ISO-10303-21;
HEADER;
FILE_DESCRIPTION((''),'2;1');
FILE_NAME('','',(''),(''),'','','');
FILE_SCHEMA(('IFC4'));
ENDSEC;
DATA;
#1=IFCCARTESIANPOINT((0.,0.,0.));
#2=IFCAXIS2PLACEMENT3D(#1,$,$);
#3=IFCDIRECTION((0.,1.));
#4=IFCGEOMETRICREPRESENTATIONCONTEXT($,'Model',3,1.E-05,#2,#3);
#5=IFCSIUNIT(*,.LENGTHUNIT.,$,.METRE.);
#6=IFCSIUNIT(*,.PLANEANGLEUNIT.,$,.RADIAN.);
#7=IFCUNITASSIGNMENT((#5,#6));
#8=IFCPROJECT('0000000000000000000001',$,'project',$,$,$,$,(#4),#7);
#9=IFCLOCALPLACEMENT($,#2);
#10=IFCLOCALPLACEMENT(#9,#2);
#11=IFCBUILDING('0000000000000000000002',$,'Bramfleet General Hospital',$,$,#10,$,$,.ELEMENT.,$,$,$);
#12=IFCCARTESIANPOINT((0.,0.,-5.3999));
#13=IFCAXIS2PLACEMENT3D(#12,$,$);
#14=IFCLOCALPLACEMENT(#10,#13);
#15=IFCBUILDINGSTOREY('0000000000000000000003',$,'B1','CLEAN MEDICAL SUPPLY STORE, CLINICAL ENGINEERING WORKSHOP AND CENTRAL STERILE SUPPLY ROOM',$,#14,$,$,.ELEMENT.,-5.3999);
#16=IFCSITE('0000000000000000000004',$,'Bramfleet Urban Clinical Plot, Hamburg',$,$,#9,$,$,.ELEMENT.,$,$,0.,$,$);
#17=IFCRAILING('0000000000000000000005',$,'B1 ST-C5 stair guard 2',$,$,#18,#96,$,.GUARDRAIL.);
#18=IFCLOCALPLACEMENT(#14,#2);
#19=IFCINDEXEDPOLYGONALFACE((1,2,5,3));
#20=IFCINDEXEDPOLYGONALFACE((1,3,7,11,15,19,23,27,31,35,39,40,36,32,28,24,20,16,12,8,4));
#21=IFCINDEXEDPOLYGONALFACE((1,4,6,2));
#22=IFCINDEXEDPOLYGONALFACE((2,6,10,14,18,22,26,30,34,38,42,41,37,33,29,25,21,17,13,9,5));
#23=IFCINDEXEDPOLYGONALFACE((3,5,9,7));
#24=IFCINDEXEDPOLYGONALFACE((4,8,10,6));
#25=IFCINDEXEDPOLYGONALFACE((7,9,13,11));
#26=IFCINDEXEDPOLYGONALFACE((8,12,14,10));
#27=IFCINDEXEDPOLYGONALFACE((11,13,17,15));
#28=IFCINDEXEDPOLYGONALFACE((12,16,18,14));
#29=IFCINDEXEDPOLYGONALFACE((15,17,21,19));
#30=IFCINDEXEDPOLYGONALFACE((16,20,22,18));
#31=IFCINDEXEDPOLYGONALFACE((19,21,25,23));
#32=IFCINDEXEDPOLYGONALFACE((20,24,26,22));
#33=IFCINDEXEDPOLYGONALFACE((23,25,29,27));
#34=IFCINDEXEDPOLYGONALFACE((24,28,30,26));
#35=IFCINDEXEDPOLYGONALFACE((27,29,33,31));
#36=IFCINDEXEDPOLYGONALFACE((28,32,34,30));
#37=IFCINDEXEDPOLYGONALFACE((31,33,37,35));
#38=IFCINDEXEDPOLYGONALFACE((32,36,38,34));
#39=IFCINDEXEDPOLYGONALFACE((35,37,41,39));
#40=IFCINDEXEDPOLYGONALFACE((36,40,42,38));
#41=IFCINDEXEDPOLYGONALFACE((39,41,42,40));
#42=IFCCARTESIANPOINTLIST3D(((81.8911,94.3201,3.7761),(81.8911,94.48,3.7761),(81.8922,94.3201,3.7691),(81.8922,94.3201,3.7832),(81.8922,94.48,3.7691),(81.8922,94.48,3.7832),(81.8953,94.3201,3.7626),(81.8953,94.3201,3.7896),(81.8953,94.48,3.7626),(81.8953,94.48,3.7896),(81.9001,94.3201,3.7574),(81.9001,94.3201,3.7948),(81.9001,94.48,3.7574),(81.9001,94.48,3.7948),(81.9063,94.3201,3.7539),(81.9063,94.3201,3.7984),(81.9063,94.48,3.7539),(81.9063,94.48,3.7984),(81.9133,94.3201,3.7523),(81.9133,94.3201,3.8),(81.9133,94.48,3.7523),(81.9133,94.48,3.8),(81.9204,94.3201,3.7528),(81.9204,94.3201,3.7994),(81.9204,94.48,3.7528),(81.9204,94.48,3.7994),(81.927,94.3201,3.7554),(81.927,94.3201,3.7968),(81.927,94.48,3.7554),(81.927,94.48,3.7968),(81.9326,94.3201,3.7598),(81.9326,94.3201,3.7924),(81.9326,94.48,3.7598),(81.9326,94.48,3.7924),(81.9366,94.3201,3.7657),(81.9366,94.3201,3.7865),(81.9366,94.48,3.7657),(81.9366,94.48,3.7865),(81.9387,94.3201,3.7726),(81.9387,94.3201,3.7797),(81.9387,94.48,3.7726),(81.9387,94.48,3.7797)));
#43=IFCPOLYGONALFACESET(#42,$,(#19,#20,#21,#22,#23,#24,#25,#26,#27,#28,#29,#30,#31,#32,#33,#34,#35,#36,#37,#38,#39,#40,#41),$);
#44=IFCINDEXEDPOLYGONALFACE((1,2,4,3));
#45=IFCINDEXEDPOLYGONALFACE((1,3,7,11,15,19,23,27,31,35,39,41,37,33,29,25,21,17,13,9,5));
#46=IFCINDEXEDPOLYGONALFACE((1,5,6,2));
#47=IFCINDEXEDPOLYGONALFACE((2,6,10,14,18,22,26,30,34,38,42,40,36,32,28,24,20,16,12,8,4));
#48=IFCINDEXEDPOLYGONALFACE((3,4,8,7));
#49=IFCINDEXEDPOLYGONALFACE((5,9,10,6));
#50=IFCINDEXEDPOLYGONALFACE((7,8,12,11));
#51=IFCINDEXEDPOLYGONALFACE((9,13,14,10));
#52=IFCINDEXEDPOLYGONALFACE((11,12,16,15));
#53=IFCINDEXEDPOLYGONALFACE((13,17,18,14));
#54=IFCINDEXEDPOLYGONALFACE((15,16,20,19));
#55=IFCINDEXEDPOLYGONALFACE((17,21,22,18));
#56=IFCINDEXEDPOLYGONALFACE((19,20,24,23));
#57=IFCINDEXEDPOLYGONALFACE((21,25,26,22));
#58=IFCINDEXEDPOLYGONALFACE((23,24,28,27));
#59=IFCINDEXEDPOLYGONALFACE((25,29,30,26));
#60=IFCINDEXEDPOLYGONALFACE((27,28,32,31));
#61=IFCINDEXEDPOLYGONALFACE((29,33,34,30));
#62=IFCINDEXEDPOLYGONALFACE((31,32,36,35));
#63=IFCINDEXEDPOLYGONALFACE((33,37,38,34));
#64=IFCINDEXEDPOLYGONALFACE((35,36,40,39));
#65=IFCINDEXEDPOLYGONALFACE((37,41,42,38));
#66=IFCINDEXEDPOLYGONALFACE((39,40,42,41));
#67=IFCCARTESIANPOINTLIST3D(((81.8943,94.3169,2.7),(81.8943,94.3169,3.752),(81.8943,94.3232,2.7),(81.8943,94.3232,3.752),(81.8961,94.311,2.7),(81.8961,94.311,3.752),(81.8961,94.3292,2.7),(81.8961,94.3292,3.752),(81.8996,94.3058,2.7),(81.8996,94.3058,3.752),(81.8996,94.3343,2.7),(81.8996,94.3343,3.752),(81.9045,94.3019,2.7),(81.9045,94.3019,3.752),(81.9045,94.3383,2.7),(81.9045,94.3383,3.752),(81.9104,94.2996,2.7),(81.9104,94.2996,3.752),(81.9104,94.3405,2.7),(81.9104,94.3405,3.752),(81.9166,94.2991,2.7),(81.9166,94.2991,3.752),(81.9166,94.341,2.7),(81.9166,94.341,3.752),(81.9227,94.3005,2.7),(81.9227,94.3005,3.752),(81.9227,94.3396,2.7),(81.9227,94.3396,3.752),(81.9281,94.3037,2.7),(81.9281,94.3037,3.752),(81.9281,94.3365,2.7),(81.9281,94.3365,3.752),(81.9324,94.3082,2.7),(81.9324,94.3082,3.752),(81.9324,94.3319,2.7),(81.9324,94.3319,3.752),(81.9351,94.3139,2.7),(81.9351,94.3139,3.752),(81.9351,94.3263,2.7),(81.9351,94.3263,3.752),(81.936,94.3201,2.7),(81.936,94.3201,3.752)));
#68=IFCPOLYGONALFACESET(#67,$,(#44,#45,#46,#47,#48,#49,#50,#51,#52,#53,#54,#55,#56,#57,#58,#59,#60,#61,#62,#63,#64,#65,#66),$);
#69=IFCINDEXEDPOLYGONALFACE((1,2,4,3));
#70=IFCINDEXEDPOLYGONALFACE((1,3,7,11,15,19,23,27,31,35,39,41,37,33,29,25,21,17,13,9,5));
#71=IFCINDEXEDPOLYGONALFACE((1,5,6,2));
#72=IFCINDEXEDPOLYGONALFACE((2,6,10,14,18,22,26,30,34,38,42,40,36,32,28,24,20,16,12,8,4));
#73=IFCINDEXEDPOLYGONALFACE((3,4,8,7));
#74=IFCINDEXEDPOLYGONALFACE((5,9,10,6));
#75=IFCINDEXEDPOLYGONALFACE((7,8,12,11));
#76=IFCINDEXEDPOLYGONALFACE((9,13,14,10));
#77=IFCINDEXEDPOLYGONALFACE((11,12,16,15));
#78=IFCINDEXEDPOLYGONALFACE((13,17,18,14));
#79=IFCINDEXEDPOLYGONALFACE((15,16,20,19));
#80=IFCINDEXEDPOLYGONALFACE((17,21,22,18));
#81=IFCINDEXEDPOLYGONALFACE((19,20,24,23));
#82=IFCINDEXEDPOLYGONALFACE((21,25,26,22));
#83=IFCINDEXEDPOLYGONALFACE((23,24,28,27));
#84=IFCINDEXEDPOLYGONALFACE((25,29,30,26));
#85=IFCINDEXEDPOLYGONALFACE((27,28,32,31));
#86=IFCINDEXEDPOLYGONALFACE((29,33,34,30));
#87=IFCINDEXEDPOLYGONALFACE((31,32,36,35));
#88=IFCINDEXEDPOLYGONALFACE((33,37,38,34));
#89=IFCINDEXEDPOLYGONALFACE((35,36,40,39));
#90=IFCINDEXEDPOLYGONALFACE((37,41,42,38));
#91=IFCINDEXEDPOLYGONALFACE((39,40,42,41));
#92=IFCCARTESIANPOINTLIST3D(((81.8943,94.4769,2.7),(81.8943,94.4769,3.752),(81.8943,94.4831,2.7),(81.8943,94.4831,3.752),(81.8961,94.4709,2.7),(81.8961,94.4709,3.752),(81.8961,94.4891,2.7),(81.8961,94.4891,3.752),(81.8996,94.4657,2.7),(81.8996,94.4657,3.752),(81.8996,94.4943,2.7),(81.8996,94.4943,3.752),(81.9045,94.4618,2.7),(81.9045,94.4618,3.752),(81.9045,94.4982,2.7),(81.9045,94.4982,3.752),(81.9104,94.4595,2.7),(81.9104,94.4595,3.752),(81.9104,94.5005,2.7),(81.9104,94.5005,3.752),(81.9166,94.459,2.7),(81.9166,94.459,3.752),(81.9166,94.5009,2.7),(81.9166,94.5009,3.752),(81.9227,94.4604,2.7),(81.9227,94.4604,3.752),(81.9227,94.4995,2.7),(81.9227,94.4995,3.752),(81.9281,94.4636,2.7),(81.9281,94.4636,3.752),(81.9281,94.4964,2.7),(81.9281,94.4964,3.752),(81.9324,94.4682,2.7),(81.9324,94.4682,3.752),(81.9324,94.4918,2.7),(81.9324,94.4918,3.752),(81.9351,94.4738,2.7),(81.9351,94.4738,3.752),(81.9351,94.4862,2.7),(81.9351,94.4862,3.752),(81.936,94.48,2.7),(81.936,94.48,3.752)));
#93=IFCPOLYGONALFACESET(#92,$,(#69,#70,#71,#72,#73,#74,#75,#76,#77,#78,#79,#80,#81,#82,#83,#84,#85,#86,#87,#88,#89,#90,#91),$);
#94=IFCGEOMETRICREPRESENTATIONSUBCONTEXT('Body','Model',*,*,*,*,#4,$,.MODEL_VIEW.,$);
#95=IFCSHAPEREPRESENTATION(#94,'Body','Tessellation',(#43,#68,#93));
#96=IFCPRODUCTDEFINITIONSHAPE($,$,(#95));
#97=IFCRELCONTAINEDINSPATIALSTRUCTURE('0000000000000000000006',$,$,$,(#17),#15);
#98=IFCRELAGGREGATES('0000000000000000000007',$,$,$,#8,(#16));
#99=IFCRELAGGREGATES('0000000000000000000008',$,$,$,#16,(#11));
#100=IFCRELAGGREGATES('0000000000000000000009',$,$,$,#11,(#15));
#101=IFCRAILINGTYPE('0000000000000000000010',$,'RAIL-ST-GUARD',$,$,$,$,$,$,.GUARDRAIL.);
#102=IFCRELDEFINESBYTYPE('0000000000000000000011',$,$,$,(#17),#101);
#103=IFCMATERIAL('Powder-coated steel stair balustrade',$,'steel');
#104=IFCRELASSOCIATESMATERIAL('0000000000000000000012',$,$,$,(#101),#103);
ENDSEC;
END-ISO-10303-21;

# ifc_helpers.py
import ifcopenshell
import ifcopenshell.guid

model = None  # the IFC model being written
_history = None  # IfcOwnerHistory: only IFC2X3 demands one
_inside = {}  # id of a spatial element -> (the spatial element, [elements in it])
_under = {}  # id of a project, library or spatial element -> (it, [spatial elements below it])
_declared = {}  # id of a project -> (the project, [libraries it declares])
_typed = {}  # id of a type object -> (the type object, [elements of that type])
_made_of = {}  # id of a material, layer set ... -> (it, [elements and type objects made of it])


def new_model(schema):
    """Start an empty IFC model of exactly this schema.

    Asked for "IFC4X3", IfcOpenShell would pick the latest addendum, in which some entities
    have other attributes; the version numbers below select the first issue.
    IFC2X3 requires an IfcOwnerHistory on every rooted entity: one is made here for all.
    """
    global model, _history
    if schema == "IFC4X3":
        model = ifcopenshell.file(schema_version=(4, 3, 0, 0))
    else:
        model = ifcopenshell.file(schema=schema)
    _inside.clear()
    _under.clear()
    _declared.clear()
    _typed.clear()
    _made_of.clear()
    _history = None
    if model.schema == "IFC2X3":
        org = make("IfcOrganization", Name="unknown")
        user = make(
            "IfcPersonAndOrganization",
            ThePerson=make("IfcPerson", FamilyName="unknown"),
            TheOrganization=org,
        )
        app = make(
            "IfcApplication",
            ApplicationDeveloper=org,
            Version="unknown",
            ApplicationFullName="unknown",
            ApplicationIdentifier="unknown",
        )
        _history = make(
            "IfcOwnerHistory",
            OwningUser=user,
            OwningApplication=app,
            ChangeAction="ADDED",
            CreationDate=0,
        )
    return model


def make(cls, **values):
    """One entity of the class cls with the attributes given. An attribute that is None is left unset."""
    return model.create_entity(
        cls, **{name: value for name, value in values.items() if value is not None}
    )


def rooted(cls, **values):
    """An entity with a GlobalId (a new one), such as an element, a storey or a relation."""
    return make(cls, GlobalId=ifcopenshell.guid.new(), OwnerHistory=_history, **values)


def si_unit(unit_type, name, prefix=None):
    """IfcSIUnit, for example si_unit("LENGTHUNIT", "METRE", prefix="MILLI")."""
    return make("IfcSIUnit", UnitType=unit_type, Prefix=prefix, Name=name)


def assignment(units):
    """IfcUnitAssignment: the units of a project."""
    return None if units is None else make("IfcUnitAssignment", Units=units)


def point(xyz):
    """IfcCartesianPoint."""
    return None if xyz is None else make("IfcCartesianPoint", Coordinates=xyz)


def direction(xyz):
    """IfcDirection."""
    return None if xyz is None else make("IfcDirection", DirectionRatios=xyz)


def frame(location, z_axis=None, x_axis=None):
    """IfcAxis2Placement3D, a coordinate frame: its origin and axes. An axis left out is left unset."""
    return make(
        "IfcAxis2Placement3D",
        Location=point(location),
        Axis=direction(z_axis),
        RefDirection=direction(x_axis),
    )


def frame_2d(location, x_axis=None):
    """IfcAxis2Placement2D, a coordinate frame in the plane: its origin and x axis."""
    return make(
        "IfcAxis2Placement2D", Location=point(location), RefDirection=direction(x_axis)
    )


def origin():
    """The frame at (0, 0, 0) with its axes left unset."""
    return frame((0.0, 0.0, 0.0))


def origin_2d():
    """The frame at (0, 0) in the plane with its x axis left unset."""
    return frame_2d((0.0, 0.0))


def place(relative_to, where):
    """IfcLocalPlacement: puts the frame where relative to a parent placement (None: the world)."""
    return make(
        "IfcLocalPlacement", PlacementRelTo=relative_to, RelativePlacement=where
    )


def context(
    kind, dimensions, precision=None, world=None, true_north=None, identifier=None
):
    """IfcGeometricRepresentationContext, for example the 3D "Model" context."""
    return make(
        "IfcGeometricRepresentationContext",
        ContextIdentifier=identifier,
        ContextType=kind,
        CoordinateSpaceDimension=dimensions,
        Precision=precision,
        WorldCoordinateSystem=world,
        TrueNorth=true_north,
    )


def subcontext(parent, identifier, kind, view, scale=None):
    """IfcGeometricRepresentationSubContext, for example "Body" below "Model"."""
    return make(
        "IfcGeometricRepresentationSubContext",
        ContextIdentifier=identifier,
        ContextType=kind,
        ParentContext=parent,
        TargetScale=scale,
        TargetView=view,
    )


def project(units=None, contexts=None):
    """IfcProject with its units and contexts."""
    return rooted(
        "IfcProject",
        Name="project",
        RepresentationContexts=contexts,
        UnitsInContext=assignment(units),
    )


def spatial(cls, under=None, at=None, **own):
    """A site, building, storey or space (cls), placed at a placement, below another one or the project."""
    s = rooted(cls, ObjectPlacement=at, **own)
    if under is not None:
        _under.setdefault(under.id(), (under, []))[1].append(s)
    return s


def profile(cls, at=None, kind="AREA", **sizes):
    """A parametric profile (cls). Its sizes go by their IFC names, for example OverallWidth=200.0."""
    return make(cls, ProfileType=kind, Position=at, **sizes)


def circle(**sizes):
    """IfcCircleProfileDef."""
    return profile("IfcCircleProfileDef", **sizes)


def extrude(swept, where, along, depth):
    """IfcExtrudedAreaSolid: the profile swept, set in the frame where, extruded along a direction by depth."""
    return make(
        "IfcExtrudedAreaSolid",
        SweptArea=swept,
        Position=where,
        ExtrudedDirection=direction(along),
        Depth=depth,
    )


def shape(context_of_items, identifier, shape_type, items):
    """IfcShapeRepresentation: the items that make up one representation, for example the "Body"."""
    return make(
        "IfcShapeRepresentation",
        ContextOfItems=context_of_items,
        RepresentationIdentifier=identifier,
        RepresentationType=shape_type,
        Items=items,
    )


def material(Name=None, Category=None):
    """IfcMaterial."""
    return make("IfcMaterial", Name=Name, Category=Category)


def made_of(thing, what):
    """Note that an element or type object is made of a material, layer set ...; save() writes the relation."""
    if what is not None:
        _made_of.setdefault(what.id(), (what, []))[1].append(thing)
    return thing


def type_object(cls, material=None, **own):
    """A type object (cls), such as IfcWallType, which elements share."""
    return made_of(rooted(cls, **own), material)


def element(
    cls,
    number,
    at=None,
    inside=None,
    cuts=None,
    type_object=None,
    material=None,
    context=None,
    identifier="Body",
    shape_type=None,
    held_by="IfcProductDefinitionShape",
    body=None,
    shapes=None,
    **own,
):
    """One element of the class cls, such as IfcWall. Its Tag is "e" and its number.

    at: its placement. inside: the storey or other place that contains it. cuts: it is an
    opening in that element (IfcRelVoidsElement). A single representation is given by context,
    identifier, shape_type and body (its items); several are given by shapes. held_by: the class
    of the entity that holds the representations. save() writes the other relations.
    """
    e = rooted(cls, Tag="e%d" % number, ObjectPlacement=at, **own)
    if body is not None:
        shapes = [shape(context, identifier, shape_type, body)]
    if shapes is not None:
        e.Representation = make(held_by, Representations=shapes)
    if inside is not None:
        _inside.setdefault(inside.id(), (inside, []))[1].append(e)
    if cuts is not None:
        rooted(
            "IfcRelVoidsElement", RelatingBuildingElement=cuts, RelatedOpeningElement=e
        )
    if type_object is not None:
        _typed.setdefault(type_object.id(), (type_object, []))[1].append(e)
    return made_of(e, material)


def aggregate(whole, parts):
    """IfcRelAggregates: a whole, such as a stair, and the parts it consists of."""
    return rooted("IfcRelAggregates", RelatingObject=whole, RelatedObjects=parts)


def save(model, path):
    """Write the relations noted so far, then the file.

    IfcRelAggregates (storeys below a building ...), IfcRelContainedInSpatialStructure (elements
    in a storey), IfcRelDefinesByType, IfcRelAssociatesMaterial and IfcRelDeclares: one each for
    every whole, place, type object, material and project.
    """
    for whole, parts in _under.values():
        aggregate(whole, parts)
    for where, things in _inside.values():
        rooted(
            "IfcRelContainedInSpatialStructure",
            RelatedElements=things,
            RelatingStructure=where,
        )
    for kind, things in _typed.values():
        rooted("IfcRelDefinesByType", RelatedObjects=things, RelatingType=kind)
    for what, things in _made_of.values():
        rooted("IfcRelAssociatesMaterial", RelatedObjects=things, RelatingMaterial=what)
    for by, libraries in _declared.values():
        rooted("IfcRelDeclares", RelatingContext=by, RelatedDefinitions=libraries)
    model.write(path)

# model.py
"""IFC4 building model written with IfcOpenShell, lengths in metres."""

from ifc_helpers import new_model, si_unit, direction, frame, origin, origin_2d, place, context, subcontext, project, spatial, circle, extrude, material, type_object, element, save


model = new_model("IFC4")

# Units and contexts
model_context = context("Model", 3, precision=1e-05, world=origin(), true_north=direction((0.0, 1.0)))
body_context = subcontext(model_context, "Body", "Model", "MODEL_VIEW")
ifc_project = project(units=[si_unit("LENGTHUNIT", "METRE"), si_unit("PLANEANGLEUNIT", "RADIAN")], contexts=[model_context])

# Site, building, storey
site_placement = place(None, origin())
site = spatial("IfcSite", under=ifc_project, at=site_placement, Name="Bramfleet Urban Clinical Plot, Hamburg", CompositionType="ELEMENT", RefElevation=0.0)
building_placement = place(site_placement, origin())
building = spatial("IfcBuilding", under=site, at=building_placement, Name="Bramfleet General Hospital", CompositionType="ELEMENT")
storey_placement = place(building_placement, frame((0.0, 0.0, -5.3999)))
storey = spatial("IfcBuildingStorey", under=building, at=storey_placement, Name="B1", Description="CLEAN MEDICAL SUPPLY STORE, CLINICAL ENGINEERING WORKSHOP AND CENTRAL STERILE SUPPLY ROOM", CompositionType="ELEMENT", Elevation=-5.3999)

# Railing
ifc_material_1 = material(Name="Powder-coated steel stair balustrade", Category="steel")
railing_type_1 = type_object("IfcRailingType", Name="RAIL-ST-GUARD", PredefinedType="GUARDRAIL", material=ifc_material_1)
railing_1_placement = place(storey_placement, frame((81.915, 94.3201, 2.7)))
element("IfcRailing", 1, at=railing_1_placement, inside=storey, type_object=railing_type_1, Name="B1 ST-C5 stair guard 2", PredefinedType="GUARDRAIL", context=body_context, shape_type="SweptSolid", body=[
    extrude(circle(Radius=0.0239, at=origin_2d()), frame((0.0, 0.0, 1.0762), z_axis=(0.0, 1.0, 0.0), x_axis=(-1.0, 0.0, 0.0)), (0.0, 0.0, 1.0), 0.1599),
    extrude(circle(Radius=0.021, at=origin_2d()), origin(), (0.0, 0.0, 1.0), 1.052),
    extrude(circle(Radius=0.021, at=origin_2d()), frame((0.0, 0.1599, 0.0)), (0.0, 0.0, 1.0), 1.052),
])

save(model, "model.ifc")
